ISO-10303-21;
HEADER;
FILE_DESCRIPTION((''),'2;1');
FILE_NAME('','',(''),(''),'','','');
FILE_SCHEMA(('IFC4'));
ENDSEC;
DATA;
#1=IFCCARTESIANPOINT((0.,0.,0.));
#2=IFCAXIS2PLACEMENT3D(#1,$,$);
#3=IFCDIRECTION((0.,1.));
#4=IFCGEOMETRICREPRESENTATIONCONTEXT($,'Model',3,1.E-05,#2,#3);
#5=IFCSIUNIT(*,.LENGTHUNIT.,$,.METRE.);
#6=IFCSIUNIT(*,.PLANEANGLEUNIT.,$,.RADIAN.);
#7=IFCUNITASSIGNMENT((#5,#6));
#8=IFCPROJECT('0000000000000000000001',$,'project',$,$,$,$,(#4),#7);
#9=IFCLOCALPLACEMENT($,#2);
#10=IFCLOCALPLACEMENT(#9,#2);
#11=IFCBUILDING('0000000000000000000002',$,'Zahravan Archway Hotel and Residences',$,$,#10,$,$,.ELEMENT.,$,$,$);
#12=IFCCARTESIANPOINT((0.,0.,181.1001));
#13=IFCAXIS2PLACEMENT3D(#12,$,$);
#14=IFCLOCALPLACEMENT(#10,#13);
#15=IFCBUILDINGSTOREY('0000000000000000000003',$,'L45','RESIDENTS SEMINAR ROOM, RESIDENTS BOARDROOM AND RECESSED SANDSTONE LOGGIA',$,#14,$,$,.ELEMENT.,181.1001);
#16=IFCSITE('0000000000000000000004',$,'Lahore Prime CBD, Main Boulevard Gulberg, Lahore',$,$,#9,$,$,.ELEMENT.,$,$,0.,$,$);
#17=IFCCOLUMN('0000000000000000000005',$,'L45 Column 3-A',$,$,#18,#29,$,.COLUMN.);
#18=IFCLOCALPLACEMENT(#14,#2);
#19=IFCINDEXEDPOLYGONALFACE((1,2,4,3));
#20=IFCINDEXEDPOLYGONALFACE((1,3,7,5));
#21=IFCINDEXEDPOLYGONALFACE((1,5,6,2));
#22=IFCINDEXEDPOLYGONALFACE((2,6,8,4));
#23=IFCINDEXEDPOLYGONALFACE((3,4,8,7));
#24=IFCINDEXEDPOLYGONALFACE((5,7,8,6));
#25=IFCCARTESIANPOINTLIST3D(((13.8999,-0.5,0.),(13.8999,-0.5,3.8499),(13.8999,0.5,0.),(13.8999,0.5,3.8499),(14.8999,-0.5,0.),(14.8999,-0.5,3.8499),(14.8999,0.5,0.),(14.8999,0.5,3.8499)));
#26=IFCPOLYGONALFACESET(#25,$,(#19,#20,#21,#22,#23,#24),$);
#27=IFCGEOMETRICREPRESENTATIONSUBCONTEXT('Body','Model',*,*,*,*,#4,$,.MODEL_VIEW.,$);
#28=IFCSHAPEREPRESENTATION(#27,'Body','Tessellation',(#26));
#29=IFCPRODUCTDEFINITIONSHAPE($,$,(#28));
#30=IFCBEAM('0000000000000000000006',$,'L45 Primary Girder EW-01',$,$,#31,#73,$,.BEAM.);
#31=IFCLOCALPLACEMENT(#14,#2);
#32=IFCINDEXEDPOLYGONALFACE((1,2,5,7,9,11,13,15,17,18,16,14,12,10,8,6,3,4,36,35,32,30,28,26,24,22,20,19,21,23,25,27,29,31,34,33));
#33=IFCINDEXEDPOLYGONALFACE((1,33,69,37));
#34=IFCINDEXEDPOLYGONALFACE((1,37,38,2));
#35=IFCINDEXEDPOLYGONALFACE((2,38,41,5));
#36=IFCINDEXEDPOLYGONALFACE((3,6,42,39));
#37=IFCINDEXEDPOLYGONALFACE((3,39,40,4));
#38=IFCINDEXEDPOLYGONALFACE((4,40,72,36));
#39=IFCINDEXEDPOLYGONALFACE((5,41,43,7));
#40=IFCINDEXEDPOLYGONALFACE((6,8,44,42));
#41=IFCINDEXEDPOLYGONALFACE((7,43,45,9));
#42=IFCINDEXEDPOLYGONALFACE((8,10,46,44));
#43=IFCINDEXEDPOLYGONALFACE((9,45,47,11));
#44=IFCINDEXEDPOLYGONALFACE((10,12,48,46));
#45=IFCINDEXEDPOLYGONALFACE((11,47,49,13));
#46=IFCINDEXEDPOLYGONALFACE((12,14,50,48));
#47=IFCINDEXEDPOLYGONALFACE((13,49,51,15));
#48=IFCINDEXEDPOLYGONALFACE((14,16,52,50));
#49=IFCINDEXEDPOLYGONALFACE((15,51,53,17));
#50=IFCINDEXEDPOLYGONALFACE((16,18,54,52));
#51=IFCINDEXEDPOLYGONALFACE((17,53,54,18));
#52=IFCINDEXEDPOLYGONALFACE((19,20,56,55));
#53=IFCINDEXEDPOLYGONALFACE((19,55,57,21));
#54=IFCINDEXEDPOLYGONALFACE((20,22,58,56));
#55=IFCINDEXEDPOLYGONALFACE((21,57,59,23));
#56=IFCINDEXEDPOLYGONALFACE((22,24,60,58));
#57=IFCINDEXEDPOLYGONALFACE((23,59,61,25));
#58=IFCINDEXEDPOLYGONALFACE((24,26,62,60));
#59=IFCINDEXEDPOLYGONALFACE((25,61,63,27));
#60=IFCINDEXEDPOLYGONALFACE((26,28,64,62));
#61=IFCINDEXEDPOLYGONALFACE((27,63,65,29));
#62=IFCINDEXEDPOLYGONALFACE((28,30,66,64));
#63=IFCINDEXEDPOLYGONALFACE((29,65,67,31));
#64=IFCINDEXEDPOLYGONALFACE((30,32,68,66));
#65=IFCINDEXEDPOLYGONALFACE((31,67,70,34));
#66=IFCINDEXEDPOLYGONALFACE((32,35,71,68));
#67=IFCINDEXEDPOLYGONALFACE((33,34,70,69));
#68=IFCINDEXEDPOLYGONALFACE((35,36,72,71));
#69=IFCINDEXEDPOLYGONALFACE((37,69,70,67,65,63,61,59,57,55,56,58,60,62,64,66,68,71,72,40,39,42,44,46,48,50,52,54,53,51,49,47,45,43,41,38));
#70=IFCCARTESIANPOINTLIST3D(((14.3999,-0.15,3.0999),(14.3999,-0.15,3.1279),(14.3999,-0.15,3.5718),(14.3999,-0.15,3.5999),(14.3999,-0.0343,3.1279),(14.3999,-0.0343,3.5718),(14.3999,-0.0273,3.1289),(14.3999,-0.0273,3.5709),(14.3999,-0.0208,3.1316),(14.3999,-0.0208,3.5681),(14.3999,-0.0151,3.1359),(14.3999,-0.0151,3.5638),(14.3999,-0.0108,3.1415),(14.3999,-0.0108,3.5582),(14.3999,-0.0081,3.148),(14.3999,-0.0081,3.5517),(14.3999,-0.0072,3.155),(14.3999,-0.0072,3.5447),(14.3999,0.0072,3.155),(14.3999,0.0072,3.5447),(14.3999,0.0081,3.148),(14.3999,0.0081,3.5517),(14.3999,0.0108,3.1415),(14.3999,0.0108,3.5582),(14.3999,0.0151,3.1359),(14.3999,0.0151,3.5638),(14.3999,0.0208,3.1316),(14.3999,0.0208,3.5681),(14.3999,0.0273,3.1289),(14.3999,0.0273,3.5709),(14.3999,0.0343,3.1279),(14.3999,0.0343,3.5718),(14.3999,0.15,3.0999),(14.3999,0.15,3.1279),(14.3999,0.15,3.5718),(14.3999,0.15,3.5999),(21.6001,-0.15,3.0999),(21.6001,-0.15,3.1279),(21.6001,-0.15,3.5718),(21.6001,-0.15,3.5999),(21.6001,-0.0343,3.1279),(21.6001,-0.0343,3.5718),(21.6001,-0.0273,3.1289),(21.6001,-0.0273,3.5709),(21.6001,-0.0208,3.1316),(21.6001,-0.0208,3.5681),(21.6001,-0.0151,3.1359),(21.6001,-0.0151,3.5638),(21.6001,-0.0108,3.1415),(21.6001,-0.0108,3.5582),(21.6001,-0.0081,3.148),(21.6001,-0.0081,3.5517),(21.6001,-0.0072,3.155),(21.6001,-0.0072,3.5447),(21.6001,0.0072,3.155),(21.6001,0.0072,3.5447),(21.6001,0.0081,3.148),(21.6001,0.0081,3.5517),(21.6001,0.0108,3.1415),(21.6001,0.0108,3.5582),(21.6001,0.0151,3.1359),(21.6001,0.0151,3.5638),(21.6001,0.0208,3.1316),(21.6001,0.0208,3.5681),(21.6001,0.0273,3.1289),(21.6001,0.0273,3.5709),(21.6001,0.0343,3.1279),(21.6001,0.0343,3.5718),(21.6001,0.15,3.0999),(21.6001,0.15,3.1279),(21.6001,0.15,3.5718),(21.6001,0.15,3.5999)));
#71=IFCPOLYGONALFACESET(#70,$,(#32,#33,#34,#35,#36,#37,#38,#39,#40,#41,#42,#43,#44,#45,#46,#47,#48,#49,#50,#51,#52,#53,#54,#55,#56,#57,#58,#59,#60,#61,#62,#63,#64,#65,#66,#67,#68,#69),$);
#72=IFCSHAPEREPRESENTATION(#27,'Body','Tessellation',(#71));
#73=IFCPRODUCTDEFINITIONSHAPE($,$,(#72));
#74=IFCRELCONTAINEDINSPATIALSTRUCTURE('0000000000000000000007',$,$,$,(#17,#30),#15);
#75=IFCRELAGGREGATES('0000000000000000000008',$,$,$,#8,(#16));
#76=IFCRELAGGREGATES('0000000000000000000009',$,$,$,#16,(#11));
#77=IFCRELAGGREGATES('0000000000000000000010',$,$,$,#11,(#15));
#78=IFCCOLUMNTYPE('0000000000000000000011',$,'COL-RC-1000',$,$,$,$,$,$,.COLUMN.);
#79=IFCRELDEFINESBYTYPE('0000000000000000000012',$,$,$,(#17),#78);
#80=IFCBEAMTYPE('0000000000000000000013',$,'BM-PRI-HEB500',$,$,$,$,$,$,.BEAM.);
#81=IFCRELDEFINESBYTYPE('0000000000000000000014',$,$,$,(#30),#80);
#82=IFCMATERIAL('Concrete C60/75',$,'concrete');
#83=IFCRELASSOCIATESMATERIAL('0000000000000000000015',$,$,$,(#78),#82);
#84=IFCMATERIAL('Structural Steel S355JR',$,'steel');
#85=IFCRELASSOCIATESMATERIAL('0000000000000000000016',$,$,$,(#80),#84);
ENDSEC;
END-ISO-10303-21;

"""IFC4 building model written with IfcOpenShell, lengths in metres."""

from ifc_helpers import new_model, si_unit, direction, frame, origin, origin_2d, place, context, subcontext, project, spatial, rectangle, i_section, extrude, source, transform, mapped, material, material_profile, profile_set, type_object, type_shapes, element, save


model = new_model("IFC4")

# Units and contexts
model_context = context("Model", 3, precision=1e-05, world=origin(), true_north=direction((0.0, 1.0)))
body_context = subcontext(model_context, "Body", "Model", "MODEL_VIEW")
ifc_project = project(units=[si_unit("LENGTHUNIT", "METRE"), si_unit("PLANEANGLEUNIT", "RADIAN")], contexts=[model_context])

# Site, building, storey
site_placement = place(None, origin())
site = spatial("IfcSite", under=ifc_project, at=site_placement, Name="Lahore Prime CBD, Main Boulevard Gulberg, Lahore", CompositionType="ELEMENT", RefElevation=0.0)
building_placement = place(site_placement, origin())
building = spatial("IfcBuilding", under=site, at=building_placement, Name="Zahravan Archway Hotel and Residences", CompositionType="ELEMENT")
storey_placement = place(building_placement, frame((0.0, 0.0, 181.1001)))
storey = spatial("IfcBuildingStorey", under=building, at=storey_placement, Name="L45", Description="RESIDENTS SEMINAR ROOM, RESIDENTS BOARDROOM AND RECESSED SANDSTONE LOGGIA", CompositionType="ELEMENT", Elevation=181.1001)

# Column
ifc_material_1 = material(Name="Concrete C60/75", Category="concrete")
ifc_material_profile_1 = material_profile(ifc_material_1, rectangle(XDim=1.0, YDim=1.0, at=origin_2d()), Name="RC-COL-1000x1000", Category="concrete")
ifc_profile_set_1 = profile_set([ifc_material_profile_1], Name="Concrete C60/75")
column_type = type_object("IfcColumnType", Name="COL-RC-1000", PredefinedType="COLUMN", material=ifc_profile_set_1)
shared_shape_1 = source(origin(), body_context, "Body", "SweptSolid", [
    extrude(rectangle(XDim=1.0, YDim=1.0, at=origin_2d()), origin(), (0.0, 0.0, 1.0), 3.8499),
])
column_placement = place(storey_placement, frame((14.3999, 0.0, 0.0), z_axis=(0.0, 0.0, 1.0), x_axis=(1.0, 0.0, 0.0)))
element("IfcColumn", 1, at=column_placement, inside=storey, type_object=column_type, Name="L45 Column 3-A", PredefinedType="COLUMN", context=body_context, shape_type="MappedRepresentation", body=[
    mapped(shared_shape_1, transform((0.0, 0.0, 0.0), scale=1.0)),
])

# Beam
ifc_material_2 = material(Name="Structural Steel S355JR", Category="steel")
ifc_material_profile_2 = material_profile(ifc_material_2, i_section(OverallWidth=0.3, OverallDepth=0.5, WebThickness=0.0144, FlangeThickness=0.0281, FilletRadius=0.0271, at=origin_2d()), Name="HEB 500", Category="steel")
ifc_profile_set_2 = profile_set([ifc_material_profile_2], Name="Structural Steel S355JR")
beam_type = type_object("IfcBeamType", Name="BM-PRI-HEB500", PredefinedType="BEAM", material=ifc_profile_set_2)
shared_shape_2 = source(origin(), body_context, "Body", "SweptSolid", [
    extrude(i_section(OverallWidth=0.3, OverallDepth=0.5, WebThickness=0.0144, FlangeThickness=0.0281, FilletRadius=0.0271, at=origin_2d()), origin(), (0.0, 0.0, 1.0), 7.2002),
])
type_shapes(beam_type, [shared_shape_2])
beam_placement = place(storey_placement, frame((14.3999, 0.0, 3.3499), z_axis=(1.0, 0.0, 0.0), x_axis=(0.0, 1.0, 0.0)))
element("IfcBeam", 2, at=beam_placement, inside=storey, type_object=beam_type, Name="L45 Primary Girder EW-01", PredefinedType="BEAM", context=body_context, shape_type="MappedRepresentation", body=[
    mapped(shared_shape_2, transform((0.0, 0.0, 0.0), scale=1.0)),
])

save(model, "model.ifc")
